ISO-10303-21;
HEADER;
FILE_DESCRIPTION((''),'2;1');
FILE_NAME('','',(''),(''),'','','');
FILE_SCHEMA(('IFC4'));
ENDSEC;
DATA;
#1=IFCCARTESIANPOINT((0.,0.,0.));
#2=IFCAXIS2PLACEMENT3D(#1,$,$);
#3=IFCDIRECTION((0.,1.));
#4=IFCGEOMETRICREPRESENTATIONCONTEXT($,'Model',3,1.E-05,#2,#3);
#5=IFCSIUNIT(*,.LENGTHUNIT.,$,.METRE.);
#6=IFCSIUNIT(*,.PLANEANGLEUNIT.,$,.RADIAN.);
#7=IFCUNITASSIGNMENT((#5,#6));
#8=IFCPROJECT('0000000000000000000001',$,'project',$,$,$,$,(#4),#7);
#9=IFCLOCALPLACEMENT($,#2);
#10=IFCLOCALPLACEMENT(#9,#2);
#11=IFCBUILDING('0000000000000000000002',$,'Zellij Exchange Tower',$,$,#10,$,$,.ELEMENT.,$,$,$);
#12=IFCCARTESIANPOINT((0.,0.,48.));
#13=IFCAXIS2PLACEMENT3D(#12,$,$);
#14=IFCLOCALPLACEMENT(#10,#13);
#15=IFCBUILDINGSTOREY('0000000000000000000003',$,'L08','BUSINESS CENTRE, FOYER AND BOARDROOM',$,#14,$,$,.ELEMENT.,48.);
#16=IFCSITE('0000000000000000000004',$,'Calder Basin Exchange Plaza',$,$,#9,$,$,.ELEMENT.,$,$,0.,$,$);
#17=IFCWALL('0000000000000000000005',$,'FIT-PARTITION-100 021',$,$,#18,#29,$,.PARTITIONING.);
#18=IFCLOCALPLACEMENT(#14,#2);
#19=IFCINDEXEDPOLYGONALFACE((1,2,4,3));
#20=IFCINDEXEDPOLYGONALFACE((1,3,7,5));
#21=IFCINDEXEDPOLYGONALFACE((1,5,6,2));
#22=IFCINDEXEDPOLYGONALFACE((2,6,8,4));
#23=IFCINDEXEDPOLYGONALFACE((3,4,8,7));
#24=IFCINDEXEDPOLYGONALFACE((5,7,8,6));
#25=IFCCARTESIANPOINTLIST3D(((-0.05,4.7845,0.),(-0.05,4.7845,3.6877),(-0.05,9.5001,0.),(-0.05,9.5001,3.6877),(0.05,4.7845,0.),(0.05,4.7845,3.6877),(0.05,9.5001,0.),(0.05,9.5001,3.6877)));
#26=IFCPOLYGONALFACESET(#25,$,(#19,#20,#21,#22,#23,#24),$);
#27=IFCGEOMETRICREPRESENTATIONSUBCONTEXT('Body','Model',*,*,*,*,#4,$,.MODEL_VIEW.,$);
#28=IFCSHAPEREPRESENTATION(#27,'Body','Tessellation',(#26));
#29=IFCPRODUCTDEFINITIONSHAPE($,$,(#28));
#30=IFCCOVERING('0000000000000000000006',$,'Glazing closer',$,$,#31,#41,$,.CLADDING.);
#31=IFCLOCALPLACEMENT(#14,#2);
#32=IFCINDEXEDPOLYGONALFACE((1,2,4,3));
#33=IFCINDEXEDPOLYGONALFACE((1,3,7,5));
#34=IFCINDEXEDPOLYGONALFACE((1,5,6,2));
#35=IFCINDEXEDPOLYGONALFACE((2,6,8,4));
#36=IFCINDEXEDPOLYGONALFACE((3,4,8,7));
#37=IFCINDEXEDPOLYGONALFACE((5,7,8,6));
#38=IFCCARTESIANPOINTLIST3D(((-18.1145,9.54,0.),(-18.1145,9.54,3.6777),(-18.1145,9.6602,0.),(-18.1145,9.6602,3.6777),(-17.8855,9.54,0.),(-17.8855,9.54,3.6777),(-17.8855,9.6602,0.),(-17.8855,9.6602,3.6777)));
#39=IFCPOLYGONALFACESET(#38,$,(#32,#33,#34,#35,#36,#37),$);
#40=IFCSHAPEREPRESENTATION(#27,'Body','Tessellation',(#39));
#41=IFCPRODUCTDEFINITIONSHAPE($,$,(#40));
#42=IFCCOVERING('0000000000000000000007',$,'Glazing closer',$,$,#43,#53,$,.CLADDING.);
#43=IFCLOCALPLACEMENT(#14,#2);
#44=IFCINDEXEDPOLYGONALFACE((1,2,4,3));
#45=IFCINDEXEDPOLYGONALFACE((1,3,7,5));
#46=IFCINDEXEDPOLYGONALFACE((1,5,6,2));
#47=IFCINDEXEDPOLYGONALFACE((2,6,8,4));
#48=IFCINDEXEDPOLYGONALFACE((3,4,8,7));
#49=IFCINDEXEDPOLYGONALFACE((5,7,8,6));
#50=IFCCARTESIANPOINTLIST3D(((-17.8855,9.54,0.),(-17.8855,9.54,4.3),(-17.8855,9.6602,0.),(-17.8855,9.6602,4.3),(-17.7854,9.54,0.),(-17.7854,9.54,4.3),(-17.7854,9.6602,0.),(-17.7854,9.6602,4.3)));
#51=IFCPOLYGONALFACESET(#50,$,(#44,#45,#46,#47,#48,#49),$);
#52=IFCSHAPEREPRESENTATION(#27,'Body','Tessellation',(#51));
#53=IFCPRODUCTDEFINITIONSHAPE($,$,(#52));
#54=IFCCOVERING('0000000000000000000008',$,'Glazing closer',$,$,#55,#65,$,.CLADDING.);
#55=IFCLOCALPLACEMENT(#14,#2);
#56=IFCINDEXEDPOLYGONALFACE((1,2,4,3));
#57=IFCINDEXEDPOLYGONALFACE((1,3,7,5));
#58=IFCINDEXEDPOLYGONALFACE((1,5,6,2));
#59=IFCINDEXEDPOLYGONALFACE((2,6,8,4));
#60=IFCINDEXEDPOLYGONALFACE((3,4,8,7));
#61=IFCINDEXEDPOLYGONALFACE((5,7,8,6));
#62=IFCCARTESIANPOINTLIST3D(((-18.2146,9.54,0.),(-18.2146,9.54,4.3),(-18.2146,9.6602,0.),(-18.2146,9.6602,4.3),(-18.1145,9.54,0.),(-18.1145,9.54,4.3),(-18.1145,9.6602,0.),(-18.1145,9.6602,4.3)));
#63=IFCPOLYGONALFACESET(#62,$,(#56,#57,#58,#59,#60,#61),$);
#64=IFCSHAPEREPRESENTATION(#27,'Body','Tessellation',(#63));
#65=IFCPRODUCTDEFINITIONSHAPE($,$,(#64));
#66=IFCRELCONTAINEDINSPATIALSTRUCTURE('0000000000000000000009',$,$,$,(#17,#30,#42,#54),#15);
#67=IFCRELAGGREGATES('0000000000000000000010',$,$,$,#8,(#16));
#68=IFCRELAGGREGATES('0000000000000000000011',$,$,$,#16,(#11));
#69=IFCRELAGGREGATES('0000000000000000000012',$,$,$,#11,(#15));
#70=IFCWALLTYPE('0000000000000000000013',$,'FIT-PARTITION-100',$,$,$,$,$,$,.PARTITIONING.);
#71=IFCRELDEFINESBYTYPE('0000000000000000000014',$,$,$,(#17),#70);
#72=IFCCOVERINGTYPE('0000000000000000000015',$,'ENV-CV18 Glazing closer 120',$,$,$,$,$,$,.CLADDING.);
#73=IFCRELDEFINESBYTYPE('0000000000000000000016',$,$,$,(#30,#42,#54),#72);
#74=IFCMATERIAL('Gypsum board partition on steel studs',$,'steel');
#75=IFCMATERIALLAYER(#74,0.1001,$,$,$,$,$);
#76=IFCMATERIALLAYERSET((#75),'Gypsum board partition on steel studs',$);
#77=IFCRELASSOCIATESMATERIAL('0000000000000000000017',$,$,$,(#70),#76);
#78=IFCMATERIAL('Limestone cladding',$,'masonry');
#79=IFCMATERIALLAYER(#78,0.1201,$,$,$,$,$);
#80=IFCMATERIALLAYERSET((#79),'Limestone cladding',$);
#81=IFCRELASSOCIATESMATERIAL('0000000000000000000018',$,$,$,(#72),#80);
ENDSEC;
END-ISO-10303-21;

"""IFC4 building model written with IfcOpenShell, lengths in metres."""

from ifc_helpers import new_model, si_unit, direction, frame, frame_2d, origin, origin_2d, place, context, subcontext, project, spatial, rectangle, extrude, material, layer, layer_set, type_object, element, save


model = new_model("IFC4")

# Units and contexts
model_context = context("Model", 3, precision=1e-05, world=origin(), true_north=direction((0.0, 1.0)))
body_context = subcontext(model_context, "Body", "Model", "MODEL_VIEW")
ifc_project = project(units=[si_unit("LENGTHUNIT", "METRE"), si_unit("PLANEANGLEUNIT", "RADIAN")], contexts=[model_context])

# Site, building, storey
site_placement = place(None, origin())
site = spatial("IfcSite", under=ifc_project, at=site_placement, Name="Calder Basin Exchange Plaza", CompositionType="ELEMENT", RefElevation=0.0)
building_placement = place(site_placement, origin())
building = spatial("IfcBuilding", under=site, at=building_placement, Name="Zellij Exchange Tower", CompositionType="ELEMENT")
storey_placement = place(building_placement, frame((0.0, 0.0, 48.0)))
storey = spatial("IfcBuildingStorey", under=building, at=storey_placement, Name="L08", Description="BUSINESS CENTRE, FOYER AND BOARDROOM", CompositionType="ELEMENT", Elevation=48.0)

# Wall
ifc_material_1 = material(Name="Gypsum board partition on steel studs", Category="steel")
ifc_layer_1 = layer(ifc_material_1, 0.1001)
ifc_layer_set_1 = layer_set([ifc_layer_1], Name="Gypsum board partition on steel studs")
wall_type = type_object("IfcWallType", Name="FIT-PARTITION-100", PredefinedType="PARTITIONING", material=ifc_layer_set_1)
wall_1_placement = place(storey_placement, frame((0.0, 4.7844, 0.0), z_axis=(0.0, 0.0, 1.0), x_axis=(0.0, 1.0, 0.0)))
element("IfcWall", 1, at=wall_1_placement, inside=storey, type_object=wall_type, Name="FIT-PARTITION-100 021", PredefinedType="PARTITIONING", context=body_context, shape_type="SweptSolid", body=[
    extrude(rectangle(XDim=4.7156, YDim=0.1001, at=frame_2d((2.3579, 0.0))), origin(), (0.0, 0.0, 1.0), 3.6877),
])

# Coverings
ifc_material_2 = material(Name="Limestone cladding", Category="masonry")
ifc_layer_2 = layer(ifc_material_2, 0.1201)
ifc_layer_set_2 = layer_set([ifc_layer_2], Name="Limestone cladding")
covering_type = type_object("IfcCoveringType", Name="ENV-CV18 Glazing closer 120", PredefinedType="CLADDING", material=ifc_layer_set_2)
covering_placement = place(storey_placement, frame((-18.0, 9.6001, 0.0), z_axis=(0.0, 0.0, 1.0), x_axis=(-1.0, 0.0, 0.0)))
element("IfcCovering", 2, at=covering_placement, inside=storey, type_object=covering_type, Name="Glazing closer", PredefinedType="CLADDING", context=body_context, shape_type="SweptSolid", body=[
    extrude(rectangle(XDim=0.229, YDim=0.1201, at=origin_2d()), origin(), (0.0, 0.0, 1.0), 3.6777),
])
for number, where, z_axis, x_axis, name in (
    (3, (-17.8354, 9.6001, 0.0), (0.0, 0.0, 1.0), (-1.0, 0.0, 0.0), "Glazing closer"),
    (4, (-18.1646, 9.6001, 0.0), (0.0, 0.0, 1.0), (-1.0, 0.0, 0.0), "Glazing closer"),
):
    element("IfcCovering", number, at=place(storey_placement, frame(where, z_axis=z_axis, x_axis=x_axis)), inside=storey, type_object=covering_type, Name=name, PredefinedType="CLADDING", context=body_context, shape_type="SweptSolid", body=[
        extrude(rectangle(XDim=0.1001, YDim=0.1201, at=origin_2d()), origin(), (0.0, 0.0, 1.0), 4.3),
    ])

save(model, "model.ifc")
